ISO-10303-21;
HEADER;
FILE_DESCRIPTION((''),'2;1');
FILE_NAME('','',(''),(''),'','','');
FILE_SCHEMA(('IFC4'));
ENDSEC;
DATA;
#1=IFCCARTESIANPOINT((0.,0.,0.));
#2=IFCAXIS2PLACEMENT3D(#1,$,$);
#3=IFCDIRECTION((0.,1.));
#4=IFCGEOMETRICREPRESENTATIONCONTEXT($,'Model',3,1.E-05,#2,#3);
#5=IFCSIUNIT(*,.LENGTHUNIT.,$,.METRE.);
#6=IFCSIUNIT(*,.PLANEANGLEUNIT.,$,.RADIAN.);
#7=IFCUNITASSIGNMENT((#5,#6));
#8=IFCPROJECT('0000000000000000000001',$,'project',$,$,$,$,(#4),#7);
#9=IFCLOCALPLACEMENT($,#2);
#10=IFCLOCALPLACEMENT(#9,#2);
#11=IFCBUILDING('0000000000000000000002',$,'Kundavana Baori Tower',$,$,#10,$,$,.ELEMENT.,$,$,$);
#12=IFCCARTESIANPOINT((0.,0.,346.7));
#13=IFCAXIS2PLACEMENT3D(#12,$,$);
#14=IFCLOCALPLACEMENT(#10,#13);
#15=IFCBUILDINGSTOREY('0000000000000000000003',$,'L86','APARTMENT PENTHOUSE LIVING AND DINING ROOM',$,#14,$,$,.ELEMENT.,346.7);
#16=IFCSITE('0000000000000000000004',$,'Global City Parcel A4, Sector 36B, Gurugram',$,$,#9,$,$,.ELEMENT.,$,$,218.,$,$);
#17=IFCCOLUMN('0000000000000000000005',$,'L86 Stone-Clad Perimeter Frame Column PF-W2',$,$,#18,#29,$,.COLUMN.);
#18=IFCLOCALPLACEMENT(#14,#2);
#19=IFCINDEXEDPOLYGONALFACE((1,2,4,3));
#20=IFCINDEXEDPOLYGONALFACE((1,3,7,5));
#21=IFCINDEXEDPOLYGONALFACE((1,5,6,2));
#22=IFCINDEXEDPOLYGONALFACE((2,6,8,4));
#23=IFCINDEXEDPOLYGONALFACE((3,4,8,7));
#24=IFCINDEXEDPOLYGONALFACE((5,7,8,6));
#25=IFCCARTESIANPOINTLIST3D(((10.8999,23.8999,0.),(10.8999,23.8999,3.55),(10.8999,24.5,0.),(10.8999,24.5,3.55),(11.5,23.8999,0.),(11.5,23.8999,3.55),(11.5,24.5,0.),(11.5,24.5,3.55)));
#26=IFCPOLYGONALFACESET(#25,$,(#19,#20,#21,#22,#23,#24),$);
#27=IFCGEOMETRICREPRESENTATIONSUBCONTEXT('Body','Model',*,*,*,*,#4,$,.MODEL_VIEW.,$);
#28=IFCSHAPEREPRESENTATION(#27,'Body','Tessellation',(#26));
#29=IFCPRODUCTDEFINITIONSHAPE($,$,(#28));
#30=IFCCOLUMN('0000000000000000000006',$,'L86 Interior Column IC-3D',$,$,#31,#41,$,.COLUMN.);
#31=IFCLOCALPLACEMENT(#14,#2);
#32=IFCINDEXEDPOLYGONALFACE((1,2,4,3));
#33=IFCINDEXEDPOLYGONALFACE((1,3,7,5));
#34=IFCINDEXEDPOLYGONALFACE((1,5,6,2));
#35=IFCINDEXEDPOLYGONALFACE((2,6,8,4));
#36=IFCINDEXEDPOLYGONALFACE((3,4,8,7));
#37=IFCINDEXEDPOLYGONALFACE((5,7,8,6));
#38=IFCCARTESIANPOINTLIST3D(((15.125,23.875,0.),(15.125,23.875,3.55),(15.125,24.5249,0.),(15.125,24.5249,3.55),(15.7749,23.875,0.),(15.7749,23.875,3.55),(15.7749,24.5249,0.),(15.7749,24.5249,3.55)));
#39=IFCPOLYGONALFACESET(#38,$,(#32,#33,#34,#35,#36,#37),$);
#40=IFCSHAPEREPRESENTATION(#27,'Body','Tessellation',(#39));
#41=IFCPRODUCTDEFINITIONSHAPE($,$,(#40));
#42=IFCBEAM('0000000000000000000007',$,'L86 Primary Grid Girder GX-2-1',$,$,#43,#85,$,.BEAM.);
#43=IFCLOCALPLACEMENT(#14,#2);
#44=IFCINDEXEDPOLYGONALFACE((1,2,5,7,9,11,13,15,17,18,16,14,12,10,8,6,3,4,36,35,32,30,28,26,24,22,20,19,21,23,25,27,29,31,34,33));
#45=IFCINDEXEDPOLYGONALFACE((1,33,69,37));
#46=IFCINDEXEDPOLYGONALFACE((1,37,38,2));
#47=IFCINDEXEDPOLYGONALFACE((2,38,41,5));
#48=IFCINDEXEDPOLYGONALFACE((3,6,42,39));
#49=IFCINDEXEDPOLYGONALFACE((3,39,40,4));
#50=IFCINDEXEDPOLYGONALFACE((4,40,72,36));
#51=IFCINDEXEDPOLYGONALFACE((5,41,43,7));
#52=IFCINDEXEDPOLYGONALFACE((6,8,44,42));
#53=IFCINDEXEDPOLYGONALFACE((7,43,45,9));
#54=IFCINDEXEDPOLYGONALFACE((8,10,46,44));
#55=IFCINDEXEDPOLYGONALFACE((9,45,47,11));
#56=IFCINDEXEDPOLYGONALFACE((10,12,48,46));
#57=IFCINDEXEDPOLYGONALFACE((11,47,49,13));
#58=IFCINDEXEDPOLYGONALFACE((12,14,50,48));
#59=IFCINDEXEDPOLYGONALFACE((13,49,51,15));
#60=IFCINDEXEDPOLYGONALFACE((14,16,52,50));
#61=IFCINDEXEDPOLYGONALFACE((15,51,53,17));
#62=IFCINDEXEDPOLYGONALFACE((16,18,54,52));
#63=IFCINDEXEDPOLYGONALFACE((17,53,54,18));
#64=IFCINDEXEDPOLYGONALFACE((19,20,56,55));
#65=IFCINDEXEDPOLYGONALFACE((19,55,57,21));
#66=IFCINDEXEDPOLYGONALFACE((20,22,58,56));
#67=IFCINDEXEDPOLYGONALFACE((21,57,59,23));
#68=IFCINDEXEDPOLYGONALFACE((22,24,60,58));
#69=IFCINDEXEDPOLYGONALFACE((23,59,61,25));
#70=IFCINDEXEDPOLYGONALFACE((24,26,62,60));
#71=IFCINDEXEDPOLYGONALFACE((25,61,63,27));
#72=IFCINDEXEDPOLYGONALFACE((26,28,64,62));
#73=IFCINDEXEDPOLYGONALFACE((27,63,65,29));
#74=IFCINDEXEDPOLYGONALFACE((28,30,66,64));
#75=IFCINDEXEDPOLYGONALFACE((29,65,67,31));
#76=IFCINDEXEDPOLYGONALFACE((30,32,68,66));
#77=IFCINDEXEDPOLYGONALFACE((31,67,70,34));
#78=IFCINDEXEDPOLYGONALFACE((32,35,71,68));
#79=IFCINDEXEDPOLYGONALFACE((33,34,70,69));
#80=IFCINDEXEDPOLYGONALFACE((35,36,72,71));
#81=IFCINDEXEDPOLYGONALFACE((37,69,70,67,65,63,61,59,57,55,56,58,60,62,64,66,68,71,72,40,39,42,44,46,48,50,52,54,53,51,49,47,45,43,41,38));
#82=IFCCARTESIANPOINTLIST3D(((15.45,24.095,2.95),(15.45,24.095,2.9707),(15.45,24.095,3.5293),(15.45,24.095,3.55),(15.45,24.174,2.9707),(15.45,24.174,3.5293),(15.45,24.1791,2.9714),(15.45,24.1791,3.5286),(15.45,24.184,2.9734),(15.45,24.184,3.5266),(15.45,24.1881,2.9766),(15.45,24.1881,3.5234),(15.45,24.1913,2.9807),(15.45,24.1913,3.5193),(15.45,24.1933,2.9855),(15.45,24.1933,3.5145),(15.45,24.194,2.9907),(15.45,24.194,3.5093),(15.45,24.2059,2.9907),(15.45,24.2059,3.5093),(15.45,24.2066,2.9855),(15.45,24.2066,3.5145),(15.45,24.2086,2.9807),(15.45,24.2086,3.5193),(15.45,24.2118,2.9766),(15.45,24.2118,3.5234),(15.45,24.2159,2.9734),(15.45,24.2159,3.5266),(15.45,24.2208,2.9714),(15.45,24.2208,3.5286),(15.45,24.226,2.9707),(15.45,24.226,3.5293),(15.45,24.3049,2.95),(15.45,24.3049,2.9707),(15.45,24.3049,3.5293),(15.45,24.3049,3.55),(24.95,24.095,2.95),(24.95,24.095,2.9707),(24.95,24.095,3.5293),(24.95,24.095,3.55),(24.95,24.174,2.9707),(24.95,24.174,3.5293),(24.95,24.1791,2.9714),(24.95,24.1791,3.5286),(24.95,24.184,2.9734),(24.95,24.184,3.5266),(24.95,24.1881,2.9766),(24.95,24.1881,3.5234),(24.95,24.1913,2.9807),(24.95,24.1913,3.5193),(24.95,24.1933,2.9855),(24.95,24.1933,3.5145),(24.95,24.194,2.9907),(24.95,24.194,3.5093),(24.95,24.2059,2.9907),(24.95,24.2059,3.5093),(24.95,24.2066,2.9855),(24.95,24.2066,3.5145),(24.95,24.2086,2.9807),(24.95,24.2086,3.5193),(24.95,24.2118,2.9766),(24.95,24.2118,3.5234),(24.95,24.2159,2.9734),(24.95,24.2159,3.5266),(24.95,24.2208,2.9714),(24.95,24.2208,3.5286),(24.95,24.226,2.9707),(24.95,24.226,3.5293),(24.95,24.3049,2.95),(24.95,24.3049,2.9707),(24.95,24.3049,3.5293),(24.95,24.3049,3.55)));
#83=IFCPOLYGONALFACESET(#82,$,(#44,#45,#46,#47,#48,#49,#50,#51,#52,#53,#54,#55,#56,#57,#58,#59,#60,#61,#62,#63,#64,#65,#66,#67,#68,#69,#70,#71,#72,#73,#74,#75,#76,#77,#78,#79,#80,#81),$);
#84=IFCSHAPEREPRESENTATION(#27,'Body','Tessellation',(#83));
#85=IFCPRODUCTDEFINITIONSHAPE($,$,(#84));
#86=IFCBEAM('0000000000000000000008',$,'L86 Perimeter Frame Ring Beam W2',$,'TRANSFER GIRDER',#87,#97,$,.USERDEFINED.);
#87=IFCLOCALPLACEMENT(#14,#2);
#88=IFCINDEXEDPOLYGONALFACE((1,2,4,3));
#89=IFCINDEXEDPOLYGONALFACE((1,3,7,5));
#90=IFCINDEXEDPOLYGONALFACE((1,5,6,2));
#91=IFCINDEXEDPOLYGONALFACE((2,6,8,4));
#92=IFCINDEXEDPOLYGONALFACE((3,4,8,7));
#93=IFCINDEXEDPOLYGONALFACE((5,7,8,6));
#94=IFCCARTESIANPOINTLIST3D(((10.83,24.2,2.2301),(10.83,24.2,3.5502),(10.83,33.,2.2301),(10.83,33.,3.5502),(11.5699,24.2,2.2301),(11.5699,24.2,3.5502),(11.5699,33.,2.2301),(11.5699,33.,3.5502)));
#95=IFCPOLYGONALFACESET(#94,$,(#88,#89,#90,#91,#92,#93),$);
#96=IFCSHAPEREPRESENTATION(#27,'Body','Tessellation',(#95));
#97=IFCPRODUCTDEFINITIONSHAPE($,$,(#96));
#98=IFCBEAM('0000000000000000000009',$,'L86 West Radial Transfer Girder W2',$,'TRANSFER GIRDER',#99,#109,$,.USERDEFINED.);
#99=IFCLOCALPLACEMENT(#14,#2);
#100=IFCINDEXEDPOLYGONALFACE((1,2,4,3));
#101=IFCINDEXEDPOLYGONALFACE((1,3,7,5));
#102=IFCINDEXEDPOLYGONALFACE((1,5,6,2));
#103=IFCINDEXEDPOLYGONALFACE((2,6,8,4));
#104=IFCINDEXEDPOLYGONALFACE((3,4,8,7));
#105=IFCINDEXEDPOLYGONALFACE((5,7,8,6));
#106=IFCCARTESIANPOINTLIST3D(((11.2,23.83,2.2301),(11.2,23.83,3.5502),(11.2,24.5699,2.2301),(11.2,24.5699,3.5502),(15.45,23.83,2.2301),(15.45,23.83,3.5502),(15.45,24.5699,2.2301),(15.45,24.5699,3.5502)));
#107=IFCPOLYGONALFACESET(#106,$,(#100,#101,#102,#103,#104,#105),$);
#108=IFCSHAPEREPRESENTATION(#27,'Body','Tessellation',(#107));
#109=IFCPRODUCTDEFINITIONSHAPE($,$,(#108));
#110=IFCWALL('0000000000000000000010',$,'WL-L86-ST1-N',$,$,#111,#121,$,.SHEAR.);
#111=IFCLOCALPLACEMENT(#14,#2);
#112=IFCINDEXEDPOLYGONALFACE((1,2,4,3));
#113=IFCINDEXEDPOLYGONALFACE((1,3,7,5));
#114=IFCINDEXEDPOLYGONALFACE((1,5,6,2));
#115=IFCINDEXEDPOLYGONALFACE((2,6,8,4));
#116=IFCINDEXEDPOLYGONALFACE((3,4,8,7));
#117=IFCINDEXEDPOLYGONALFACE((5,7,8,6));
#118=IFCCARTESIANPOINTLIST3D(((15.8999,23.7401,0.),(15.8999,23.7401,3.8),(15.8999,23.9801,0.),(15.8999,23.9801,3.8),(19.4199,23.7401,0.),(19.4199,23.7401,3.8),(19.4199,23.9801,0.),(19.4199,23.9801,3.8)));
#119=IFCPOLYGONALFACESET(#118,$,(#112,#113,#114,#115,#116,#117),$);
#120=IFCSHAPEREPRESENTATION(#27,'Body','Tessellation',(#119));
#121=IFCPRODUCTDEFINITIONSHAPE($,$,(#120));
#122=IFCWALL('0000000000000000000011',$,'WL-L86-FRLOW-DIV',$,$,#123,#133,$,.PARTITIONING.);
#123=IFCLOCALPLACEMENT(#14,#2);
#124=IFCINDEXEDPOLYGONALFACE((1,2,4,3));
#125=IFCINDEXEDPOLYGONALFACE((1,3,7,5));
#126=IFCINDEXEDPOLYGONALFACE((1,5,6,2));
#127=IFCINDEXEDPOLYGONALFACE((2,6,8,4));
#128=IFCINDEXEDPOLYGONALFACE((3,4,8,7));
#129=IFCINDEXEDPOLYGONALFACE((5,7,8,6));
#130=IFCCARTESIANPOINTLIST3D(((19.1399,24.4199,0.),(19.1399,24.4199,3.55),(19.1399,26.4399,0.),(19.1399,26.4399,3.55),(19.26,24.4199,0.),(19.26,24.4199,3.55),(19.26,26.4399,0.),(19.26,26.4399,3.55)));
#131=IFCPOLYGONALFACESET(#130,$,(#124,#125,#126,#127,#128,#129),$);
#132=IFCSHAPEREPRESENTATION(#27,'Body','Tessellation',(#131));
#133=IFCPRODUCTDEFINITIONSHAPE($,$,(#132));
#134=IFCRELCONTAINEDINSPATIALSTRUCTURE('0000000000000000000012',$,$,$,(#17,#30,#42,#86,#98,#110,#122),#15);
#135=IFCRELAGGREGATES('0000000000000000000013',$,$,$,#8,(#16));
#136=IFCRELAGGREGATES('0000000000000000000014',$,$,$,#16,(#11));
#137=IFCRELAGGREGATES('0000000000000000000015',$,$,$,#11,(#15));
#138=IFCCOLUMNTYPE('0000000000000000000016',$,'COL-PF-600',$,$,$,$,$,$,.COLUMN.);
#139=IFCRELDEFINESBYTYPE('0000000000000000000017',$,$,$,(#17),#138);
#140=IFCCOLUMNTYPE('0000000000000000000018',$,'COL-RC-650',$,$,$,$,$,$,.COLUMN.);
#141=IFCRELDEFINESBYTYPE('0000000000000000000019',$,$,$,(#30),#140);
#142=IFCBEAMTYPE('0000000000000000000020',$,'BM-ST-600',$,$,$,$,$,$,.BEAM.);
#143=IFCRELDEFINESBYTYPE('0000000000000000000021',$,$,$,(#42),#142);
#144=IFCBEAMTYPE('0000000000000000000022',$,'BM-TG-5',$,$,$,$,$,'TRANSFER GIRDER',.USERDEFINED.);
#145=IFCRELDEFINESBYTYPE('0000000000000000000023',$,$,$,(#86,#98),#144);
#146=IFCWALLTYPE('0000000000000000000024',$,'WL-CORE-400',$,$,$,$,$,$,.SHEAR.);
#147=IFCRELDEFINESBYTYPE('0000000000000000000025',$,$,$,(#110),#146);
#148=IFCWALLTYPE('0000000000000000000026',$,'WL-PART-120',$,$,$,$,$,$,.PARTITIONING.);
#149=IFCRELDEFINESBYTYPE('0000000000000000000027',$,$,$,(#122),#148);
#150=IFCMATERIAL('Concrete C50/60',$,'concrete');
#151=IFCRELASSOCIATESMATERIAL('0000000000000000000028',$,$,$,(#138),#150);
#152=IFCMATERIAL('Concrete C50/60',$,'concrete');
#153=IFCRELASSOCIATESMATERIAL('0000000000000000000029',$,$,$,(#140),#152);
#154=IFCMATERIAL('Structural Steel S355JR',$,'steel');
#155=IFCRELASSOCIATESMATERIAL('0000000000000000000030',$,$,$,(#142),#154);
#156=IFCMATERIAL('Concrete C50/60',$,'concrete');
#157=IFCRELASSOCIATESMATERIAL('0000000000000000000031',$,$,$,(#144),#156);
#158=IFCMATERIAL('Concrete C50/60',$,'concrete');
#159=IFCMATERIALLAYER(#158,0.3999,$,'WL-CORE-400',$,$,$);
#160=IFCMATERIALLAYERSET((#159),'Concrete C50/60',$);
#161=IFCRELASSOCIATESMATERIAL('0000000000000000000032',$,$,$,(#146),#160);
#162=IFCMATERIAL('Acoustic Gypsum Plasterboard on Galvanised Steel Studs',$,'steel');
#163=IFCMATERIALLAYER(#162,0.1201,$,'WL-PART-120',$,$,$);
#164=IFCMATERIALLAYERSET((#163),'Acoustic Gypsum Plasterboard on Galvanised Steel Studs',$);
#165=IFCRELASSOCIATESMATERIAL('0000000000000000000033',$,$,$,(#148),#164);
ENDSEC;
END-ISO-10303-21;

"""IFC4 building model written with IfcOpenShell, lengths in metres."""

from ifc_helpers import new_model, si_unit, direction, frame, frame_2d, origin, origin_2d, place, context, subcontext, project, spatial, rectangle, i_section, extrude, material, layer, layer_set, material_profile, profile_set, type_object, element, save


model = new_model("IFC4")

# Units and contexts
model_context = context("Model", 3, precision=1e-05, world=origin(), true_north=direction((0.0, 1.0)))
body_context = subcontext(model_context, "Body", "Model", "MODEL_VIEW")
ifc_project = project(units=[si_unit("LENGTHUNIT", "METRE"), si_unit("PLANEANGLEUNIT", "RADIAN")], contexts=[model_context])

# Site, building, storey
site_placement = place(None, origin())
site = spatial("IfcSite", under=ifc_project, at=site_placement, Name="Global City Parcel A4, Sector 36B, Gurugram", CompositionType="ELEMENT", RefElevation=218.0)
building_placement = place(site_placement, origin())
building = spatial("IfcBuilding", under=site, at=building_placement, Name="Kundavana Baori Tower", CompositionType="ELEMENT")
storey_placement = place(building_placement, frame((0.0, 0.0, 346.7)))
storey = spatial("IfcBuildingStorey", under=building, at=storey_placement, Name="L86", Description="APARTMENT PENTHOUSE LIVING AND DINING ROOM", CompositionType="ELEMENT", Elevation=346.7)

# Columns
ifc_material_1 = material(Name="Concrete C50/60", Category="concrete")
ifc_material_profile_1 = material_profile(ifc_material_1, rectangle(XDim=0.6001, YDim=0.6001, at=origin_2d()), Name="RC PF 600x600")
ifc_profile_set_1 = profile_set([ifc_material_profile_1], Name="Concrete C50/60")
column_type_1 = type_object("IfcColumnType", Name="COL-PF-600", PredefinedType="COLUMN", material=ifc_profile_set_1)
column_1_placement = place(storey_placement, frame((11.2, 24.2, 0.0), z_axis=(0.0, 0.0, 1.0), x_axis=(1.0, 0.0, 0.0)))
element("IfcColumn", 1, at=column_1_placement, inside=storey, type_object=column_type_1, Name="L86 Stone-Clad Perimeter Frame Column PF-W2", PredefinedType="COLUMN", context=body_context, shape_type="SweptSolid", body=[
    extrude(rectangle(XDim=0.6001, YDim=0.6001, at=origin_2d()), origin(), (0.0, 0.0, 1.0), 3.55),
])
ifc_material_2 = material(Name="Concrete C50/60", Category="concrete")
ifc_material_profile_2 = material_profile(ifc_material_2, rectangle(XDim=0.6499, YDim=0.6499, at=origin_2d()), Name="RC 650x650")
ifc_profile_set_2 = profile_set([ifc_material_profile_2], Name="Concrete C50/60")
column_type_2 = type_object("IfcColumnType", Name="COL-RC-650", PredefinedType="COLUMN", material=ifc_profile_set_2)
column_2_placement = place(storey_placement, frame((15.45, 24.2, 0.0), z_axis=(0.0, 0.0, 1.0), x_axis=(1.0, 0.0, 0.0)))
element("IfcColumn", 2, at=column_2_placement, inside=storey, type_object=column_type_2, Name="L86 Interior Column IC-3D", PredefinedType="COLUMN", context=body_context, shape_type="SweptSolid", body=[
    extrude(rectangle(XDim=0.6499, YDim=0.6499, at=origin_2d()), origin(), (0.0, 0.0, 1.0), 3.55),
])

# Beams
ifc_material_3 = material(Name="Structural Steel S355JR", Category="steel")
ifc_material_profile_3 = material_profile(ifc_material_3, i_section(OverallWidth=0.21, OverallDepth=0.6001, WebThickness=0.012, FlangeThickness=0.0208, FilletRadius=0.02, at=origin_2d()), Name="ISMB 600")
ifc_profile_set_3 = profile_set([ifc_material_profile_3], Name="Structural Steel S355JR")
beam_type_1 = type_object("IfcBeamType", Name="BM-ST-600", PredefinedType="BEAM", material=ifc_profile_set_3)
beam_1_placement = place(storey_placement, frame((15.45, 24.2, 3.25), z_axis=(1.0, 0.0, 0.0), x_axis=(0.0, 1.0, 0.0)))
element("IfcBeam", 3, at=beam_1_placement, inside=storey, type_object=beam_type_1, Name="L86 Primary Grid Girder GX-2-1", PredefinedType="BEAM", context=body_context, shape_type="SweptSolid", body=[
    extrude(i_section(OverallWidth=0.21, OverallDepth=0.6001, WebThickness=0.012, FlangeThickness=0.0208, FilletRadius=0.02, at=origin_2d()), origin(), (0.0, 0.0, 1.0), 9.5),
])
ifc_material_4 = material(Name="Concrete C50/60", Category="concrete")
ifc_material_profile_4 = material_profile(ifc_material_4, rectangle(XDim=0.74, YDim=1.3201, at=origin_2d()), Name="BM-TG-5")
ifc_profile_set_4 = profile_set([ifc_material_profile_4], Name="Concrete C50/60")
beam_type_2 = type_object("IfcBeamType", Name="BM-TG-5", ElementType="TRANSFER GIRDER", PredefinedType="USERDEFINED", material=ifc_profile_set_4)
beam_2_placement = place(storey_placement, frame((11.2, 24.2, 2.8901), z_axis=(0.0, 1.0, 0.0), x_axis=(-1.0, 0.0, 0.0)))
element("IfcBeam", 4, at=beam_2_placement, inside=storey, type_object=beam_type_2, Name="L86 Perimeter Frame Ring Beam W2", ObjectType="TRANSFER GIRDER", PredefinedType="USERDEFINED", context=body_context, shape_type="SweptSolid", body=[
    extrude(rectangle(XDim=0.74, YDim=1.3201, at=origin_2d()), origin(), (0.0, 0.0, 1.0), 8.8),
])
beam_3_placement = place(storey_placement, frame((15.45, 24.2, 2.8901), z_axis=(-1.0, 0.0, 0.0), x_axis=(0.0, -1.0, 0.0)))
element("IfcBeam", 5, at=beam_3_placement, inside=storey, type_object=beam_type_2, Name="L86 West Radial Transfer Girder W2", ObjectType="TRANSFER GIRDER", PredefinedType="USERDEFINED", context=body_context, shape_type="SweptSolid", body=[
    extrude(rectangle(XDim=0.74, YDim=1.3201, at=origin_2d()), origin(), (0.0, 0.0, 1.0), 4.25),
])

# Walls
ifc_material_5 = material(Name="Concrete C50/60", Category="concrete")
ifc_layer_1 = layer(ifc_material_5, 0.3999, Name="WL-CORE-400")
ifc_layer_set_1 = layer_set([ifc_layer_1], Name="Concrete C50/60")
wall_type_1 = type_object("IfcWallType", Name="WL-CORE-400", PredefinedType="SHEAR", material=ifc_layer_set_1)
wall_1_placement = place(storey_placement, frame((15.8999, 23.8601, 0.0), z_axis=(0.0, 0.0, 1.0), x_axis=(1.0, 0.0, 0.0)))
element("IfcWall", 6, at=wall_1_placement, inside=storey, type_object=wall_type_1, Name="WL-L86-ST1-N", PredefinedType="SHEAR", context=body_context, shape_type="SweptSolid", body=[
    extrude(rectangle(XDim=3.52, YDim=0.24, at=frame_2d((1.76, 0.0))), origin(), (0.0, 0.0, 1.0), 3.8),
])
ifc_material_6 = material(Name="Acoustic Gypsum Plasterboard on Galvanised Steel Studs", Category="steel")
ifc_layer_2 = layer(ifc_material_6, 0.1201, Name="WL-PART-120")
ifc_layer_set_2 = layer_set([ifc_layer_2], Name="Acoustic Gypsum Plasterboard on Galvanised Steel Studs")
wall_type_2 = type_object("IfcWallType", Name="WL-PART-120", PredefinedType="PARTITIONING", material=ifc_layer_set_2)
wall_2_placement = place(storey_placement, frame((19.2, 24.4199, 0.0), z_axis=(0.0, 0.0, 1.0), x_axis=(0.0, 1.0, 0.0)))
element("IfcWall", 7, at=wall_2_placement, inside=storey, type_object=wall_type_2, Name="WL-L86-FRLOW-DIV", PredefinedType="PARTITIONING", context=body_context, shape_type="SweptSolid", body=[
    extrude(rectangle(XDim=2.02, YDim=0.1201, at=frame_2d((1.01, 0.0))), origin(), (0.0, 0.0, 1.0), 3.55),
])

save(model, "model.ifc")
